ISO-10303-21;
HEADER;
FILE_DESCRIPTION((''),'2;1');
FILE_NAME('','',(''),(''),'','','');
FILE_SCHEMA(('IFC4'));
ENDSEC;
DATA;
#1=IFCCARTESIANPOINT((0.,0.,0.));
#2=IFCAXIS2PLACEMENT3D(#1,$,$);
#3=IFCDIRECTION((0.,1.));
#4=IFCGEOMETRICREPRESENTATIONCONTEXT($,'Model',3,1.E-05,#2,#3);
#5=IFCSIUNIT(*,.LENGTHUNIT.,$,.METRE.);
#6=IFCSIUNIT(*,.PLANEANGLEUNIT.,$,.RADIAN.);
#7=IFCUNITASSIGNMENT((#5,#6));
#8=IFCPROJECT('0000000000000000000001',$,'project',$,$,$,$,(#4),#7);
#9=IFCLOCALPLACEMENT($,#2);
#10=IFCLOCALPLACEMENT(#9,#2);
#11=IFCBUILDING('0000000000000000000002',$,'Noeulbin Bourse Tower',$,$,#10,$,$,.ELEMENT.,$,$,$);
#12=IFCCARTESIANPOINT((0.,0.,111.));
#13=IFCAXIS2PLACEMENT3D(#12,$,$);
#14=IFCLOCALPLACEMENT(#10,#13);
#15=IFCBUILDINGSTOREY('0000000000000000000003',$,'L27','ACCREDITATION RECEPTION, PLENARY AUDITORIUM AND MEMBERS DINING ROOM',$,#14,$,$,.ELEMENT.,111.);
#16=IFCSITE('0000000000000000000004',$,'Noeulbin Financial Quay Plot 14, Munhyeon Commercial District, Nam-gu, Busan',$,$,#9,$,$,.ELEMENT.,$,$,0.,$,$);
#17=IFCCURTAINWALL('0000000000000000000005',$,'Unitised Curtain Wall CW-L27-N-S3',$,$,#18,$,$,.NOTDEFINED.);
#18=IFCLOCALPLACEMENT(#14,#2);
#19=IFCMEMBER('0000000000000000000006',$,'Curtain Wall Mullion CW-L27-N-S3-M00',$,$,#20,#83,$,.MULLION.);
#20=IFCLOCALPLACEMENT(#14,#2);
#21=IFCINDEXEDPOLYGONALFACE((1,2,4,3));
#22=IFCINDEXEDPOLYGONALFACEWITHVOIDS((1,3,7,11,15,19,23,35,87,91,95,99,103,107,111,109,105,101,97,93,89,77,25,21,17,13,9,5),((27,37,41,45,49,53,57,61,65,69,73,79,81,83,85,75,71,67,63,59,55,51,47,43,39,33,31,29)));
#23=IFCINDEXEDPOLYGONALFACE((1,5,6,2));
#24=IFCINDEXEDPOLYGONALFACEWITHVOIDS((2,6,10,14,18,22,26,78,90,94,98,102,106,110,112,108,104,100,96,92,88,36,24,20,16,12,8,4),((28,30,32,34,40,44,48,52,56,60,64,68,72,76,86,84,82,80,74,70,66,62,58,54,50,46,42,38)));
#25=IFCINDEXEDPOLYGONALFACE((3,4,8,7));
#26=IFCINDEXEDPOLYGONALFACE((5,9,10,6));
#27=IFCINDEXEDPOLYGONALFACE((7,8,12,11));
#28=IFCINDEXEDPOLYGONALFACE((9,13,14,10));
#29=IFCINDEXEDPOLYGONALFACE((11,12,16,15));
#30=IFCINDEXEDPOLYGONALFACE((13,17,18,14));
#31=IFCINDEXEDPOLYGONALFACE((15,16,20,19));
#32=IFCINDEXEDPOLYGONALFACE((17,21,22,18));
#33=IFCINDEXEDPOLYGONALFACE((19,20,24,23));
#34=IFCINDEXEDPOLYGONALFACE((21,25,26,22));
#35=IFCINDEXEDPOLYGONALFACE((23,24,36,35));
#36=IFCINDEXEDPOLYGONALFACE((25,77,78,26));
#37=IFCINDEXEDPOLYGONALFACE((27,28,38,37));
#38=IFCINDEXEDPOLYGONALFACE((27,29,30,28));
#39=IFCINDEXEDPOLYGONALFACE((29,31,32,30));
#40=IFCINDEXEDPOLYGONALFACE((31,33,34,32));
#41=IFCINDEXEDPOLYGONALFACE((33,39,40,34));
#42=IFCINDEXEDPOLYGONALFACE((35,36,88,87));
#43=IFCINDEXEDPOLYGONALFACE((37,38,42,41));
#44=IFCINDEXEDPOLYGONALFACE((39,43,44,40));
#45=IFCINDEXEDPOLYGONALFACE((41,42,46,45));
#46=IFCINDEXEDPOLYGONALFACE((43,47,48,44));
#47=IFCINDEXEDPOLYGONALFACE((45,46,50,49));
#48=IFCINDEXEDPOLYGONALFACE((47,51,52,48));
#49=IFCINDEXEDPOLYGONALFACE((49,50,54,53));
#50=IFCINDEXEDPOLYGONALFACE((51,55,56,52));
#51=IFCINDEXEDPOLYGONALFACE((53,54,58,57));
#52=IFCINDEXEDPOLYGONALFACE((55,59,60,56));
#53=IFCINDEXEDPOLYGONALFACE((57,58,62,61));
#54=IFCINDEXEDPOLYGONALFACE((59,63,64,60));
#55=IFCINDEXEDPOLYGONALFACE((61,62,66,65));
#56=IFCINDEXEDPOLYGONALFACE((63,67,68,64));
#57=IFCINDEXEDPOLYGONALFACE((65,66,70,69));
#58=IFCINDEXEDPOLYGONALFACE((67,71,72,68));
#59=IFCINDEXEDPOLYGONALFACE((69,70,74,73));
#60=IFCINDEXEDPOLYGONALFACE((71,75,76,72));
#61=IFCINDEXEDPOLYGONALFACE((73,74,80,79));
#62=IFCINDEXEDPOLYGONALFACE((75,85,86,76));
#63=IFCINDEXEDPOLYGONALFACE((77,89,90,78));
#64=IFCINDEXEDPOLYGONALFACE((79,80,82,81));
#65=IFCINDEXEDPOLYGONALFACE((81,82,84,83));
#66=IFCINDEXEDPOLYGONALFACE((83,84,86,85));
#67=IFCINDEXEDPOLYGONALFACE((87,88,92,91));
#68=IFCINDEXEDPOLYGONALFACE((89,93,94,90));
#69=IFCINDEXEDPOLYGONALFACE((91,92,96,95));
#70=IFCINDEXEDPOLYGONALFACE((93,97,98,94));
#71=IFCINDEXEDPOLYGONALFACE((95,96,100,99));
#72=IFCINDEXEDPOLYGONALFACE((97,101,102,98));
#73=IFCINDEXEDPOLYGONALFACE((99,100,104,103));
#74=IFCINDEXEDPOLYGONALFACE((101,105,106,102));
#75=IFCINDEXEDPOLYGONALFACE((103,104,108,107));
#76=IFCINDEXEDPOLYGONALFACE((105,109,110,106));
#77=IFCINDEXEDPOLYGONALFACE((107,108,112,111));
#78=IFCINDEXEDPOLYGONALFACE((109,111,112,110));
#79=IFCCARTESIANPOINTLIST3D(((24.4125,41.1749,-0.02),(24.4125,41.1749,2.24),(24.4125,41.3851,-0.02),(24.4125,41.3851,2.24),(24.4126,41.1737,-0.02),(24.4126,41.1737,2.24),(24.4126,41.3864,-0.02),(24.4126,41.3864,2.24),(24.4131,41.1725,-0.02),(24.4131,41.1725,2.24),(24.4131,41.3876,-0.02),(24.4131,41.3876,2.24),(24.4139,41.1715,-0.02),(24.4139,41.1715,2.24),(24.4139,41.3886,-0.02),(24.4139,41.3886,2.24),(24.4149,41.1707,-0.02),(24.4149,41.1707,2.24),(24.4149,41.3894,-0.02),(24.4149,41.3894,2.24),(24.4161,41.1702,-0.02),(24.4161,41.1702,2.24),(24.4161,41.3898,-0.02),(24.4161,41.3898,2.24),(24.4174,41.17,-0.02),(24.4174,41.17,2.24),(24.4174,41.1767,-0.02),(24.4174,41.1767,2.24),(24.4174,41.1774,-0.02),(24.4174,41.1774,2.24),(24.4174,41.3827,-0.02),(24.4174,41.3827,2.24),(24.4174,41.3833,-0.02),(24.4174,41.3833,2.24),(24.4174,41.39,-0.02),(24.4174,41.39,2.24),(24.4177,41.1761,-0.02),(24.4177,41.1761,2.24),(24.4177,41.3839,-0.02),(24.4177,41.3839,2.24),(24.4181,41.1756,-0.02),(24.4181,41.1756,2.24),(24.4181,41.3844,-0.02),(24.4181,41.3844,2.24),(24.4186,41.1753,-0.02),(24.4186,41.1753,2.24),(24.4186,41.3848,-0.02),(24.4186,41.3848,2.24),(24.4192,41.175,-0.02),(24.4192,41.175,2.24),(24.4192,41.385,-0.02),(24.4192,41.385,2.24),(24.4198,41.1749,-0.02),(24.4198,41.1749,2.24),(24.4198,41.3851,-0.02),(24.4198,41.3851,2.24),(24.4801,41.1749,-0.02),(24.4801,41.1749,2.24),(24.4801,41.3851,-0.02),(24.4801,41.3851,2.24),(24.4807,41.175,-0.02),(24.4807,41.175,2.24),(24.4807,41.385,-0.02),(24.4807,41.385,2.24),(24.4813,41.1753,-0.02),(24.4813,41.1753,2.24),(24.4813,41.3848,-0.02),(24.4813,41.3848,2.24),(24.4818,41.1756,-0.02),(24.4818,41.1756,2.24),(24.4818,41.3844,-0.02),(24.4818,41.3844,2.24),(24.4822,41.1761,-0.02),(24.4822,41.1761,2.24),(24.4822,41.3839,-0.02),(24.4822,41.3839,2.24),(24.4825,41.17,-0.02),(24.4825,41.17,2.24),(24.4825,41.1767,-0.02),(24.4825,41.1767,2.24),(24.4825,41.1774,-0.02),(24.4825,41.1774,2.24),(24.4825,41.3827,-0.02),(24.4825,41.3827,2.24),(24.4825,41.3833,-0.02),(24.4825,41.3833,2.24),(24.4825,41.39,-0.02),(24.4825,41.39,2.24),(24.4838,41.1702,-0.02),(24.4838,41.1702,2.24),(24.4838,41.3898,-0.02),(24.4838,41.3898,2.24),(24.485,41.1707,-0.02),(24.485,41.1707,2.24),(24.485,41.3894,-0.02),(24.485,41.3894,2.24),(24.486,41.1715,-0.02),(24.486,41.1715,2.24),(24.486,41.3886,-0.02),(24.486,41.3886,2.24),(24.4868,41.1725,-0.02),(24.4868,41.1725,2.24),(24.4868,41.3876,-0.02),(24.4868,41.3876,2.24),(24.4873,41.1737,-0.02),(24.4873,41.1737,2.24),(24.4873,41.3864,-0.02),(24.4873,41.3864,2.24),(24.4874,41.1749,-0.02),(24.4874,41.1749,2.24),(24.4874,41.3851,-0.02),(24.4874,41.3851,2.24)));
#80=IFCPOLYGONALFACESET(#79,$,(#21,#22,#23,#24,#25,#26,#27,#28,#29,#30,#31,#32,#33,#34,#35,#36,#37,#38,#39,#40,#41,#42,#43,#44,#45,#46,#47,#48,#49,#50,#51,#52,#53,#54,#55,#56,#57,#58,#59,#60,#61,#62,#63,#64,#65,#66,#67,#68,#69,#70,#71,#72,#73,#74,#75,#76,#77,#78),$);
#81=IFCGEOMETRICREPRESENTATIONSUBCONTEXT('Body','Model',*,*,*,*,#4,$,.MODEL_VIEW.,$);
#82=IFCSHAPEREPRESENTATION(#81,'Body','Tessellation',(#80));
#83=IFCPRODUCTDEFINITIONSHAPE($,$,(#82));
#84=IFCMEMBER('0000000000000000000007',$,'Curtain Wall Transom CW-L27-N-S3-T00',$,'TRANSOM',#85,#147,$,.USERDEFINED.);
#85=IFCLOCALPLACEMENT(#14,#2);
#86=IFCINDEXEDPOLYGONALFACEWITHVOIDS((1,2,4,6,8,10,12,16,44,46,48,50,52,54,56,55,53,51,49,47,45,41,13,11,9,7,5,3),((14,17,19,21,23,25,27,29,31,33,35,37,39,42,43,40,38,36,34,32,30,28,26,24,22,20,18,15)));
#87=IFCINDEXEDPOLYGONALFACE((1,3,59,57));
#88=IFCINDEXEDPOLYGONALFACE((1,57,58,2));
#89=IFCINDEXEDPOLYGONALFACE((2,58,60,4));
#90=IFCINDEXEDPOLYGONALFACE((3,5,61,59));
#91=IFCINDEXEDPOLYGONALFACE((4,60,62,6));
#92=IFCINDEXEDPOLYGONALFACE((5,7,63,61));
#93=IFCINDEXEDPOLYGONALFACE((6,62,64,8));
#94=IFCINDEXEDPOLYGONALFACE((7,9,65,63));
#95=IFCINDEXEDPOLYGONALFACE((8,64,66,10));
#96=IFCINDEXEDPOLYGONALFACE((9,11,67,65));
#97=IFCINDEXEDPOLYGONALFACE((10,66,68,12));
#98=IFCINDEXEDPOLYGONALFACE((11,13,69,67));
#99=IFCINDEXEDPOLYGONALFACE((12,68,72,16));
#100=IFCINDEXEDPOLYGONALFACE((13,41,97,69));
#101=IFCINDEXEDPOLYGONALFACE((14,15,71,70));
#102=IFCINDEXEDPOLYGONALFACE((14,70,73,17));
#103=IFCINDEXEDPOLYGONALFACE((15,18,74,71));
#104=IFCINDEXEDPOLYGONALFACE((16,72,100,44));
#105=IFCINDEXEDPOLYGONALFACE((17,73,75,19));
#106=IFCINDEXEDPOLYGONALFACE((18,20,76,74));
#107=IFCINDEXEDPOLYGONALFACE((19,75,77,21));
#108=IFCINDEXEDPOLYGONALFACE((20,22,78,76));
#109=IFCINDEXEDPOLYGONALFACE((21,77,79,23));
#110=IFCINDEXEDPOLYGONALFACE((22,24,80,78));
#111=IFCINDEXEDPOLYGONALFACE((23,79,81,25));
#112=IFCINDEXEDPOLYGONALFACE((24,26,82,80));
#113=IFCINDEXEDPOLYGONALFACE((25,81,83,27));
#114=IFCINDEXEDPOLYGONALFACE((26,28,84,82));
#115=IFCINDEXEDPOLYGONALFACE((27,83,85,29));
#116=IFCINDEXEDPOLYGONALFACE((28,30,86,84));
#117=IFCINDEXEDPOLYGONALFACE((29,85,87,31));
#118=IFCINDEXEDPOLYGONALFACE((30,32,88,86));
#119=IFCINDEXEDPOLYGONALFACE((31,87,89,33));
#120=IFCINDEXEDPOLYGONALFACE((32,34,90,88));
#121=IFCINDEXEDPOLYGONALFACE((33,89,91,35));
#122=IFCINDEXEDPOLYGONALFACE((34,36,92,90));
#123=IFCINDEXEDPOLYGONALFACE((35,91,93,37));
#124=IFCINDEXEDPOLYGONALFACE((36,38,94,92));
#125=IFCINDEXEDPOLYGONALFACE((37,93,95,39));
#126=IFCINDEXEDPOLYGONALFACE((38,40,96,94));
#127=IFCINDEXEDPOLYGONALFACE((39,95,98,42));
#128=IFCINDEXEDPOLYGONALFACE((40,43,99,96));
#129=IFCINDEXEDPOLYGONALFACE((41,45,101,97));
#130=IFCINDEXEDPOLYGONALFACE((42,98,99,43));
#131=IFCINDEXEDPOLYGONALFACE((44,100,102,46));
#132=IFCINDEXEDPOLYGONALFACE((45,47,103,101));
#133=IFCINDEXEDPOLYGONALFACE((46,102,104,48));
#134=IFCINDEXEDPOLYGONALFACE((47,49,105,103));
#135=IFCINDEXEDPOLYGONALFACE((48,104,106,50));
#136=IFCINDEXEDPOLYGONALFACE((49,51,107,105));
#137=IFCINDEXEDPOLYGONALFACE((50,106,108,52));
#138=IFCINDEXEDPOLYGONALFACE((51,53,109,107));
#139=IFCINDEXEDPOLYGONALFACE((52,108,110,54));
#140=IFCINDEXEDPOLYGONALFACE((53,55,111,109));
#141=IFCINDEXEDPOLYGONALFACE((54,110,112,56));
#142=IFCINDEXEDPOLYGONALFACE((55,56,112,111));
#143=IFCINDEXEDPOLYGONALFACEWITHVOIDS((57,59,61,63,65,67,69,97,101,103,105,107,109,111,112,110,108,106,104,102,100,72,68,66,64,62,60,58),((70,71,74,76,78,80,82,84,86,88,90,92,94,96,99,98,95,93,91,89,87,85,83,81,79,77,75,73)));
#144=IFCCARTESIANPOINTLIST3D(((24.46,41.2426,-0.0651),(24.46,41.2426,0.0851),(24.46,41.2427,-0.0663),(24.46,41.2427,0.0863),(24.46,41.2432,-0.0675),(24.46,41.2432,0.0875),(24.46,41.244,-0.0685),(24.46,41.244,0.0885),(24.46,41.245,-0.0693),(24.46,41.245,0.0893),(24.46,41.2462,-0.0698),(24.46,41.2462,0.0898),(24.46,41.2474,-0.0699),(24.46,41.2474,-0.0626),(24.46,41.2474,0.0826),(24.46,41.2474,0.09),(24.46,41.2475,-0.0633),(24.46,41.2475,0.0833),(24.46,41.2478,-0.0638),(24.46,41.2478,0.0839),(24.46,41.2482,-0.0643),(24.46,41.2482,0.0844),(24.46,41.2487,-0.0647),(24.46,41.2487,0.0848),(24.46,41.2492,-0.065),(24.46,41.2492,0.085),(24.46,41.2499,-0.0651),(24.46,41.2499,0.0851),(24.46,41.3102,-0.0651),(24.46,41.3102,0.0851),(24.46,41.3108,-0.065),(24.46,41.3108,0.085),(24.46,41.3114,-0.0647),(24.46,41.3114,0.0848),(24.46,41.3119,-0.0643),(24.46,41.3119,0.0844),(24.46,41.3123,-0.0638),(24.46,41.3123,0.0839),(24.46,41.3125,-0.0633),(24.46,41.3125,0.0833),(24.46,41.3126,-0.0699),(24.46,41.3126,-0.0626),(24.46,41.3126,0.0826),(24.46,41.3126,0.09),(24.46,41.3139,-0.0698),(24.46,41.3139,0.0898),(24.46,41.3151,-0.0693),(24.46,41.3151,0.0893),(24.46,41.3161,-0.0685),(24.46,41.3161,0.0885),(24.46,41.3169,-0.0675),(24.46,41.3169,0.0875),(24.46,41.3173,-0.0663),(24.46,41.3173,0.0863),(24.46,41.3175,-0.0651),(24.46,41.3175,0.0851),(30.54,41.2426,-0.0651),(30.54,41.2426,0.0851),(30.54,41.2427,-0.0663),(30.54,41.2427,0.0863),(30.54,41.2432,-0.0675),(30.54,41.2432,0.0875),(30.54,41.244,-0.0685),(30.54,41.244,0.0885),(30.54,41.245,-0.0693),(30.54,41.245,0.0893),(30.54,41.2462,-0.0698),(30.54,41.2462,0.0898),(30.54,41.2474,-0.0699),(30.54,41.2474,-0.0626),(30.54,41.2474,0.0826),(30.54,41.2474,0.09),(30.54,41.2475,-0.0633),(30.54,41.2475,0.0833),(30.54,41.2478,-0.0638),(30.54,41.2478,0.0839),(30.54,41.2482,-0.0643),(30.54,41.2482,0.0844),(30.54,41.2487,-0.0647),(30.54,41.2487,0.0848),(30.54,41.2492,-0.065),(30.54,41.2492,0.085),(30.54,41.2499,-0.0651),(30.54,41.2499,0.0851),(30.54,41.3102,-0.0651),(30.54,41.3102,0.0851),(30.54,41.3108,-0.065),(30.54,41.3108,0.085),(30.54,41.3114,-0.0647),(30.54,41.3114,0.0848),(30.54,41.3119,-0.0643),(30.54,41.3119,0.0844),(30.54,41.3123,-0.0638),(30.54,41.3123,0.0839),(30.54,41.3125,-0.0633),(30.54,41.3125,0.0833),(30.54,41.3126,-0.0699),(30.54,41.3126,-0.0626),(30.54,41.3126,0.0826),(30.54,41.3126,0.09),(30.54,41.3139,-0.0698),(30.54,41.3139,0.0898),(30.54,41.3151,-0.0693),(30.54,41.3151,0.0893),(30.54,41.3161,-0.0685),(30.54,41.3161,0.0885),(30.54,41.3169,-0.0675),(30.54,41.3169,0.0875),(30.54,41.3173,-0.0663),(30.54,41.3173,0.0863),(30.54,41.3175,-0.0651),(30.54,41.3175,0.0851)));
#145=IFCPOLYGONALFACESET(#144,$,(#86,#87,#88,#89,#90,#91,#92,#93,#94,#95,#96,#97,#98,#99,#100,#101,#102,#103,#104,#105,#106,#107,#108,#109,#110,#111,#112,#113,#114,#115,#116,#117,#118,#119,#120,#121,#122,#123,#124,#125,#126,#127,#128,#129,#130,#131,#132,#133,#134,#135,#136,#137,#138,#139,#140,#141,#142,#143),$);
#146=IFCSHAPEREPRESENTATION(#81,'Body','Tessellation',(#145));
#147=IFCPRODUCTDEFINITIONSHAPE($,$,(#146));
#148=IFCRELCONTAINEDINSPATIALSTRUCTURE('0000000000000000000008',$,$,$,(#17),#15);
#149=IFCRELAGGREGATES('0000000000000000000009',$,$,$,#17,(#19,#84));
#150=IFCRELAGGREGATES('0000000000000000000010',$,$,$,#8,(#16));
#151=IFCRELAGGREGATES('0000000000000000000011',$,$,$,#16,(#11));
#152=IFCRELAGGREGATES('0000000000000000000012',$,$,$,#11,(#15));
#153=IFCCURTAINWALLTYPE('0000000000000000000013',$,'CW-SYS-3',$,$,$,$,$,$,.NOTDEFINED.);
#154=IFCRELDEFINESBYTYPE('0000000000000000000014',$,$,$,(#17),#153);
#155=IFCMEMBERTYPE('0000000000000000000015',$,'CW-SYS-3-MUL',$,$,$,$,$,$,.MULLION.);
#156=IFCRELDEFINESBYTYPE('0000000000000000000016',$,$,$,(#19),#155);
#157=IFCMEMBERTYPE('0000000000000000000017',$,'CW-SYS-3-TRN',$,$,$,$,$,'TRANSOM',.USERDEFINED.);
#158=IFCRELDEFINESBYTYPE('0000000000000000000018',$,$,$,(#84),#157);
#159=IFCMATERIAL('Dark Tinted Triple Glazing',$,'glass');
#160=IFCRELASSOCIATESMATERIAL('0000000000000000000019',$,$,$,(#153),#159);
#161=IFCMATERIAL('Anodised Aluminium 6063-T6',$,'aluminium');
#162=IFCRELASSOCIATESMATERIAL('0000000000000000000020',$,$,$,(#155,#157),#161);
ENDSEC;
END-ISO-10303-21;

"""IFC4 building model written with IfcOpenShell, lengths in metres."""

from ifc_helpers import new_model, si_unit, direction, frame, origin, origin_2d, place, context, subcontext, project, spatial, hollow_rectangle, extrude, material, material_profile, profile_set, type_object, element, aggregate, save


model = new_model("IFC4")

# Units and contexts
model_context = context("Model", 3, precision=1e-05, world=origin(), true_north=direction((0.0, 1.0)))
body_context = subcontext(model_context, "Body", "Model", "MODEL_VIEW")
ifc_project = project(units=[si_unit("LENGTHUNIT", "METRE"), si_unit("PLANEANGLEUNIT", "RADIAN")], contexts=[model_context])

# Site, building, storey
site_placement = place(None, origin())
site = spatial("IfcSite", under=ifc_project, at=site_placement, Name="Noeulbin Financial Quay Plot 14, Munhyeon Commercial District, Nam-gu, Busan", CompositionType="ELEMENT", RefElevation=0.0)
building_placement = place(site_placement, origin())
building = spatial("IfcBuilding", under=site, at=building_placement, Name="Noeulbin Bourse Tower", CompositionType="ELEMENT")
storey_placement = place(building_placement, frame((0.0, 0.0, 111.0)))
storey = spatial("IfcBuildingStorey", under=building, at=storey_placement, Name="L27", Description="ACCREDITATION RECEPTION, PLENARY AUDITORIUM AND MEMBERS DINING ROOM", CompositionType="ELEMENT", Elevation=111.0)

# Shared definitions
ifc_material_1 = material(Name="Dark Tinted Triple Glazing", Category="glass")
curtain_wall_type = type_object("IfcCurtainWallType", Name="CW-SYS-3", PredefinedType="NOTDEFINED", material=ifc_material_1)
ifc_material_2 = material(Name="Anodised Aluminium 6063-T6", Category="aluminium")
ifc_material_profile_1 = material_profile(ifc_material_2, hollow_rectangle(XDim=0.075, YDim=0.22, WallThickness=0.0049, InnerFilletRadius=0.0024, OuterFilletRadius=0.0049, at=origin_2d()), Name="ALU-MULL-75x220x5", Category="LoadBearing")
ifc_profile_set_1 = profile_set([ifc_material_profile_1], Name="Anodised Aluminium 6063-T6")
member_type_1 = type_object("IfcMemberType", Name="CW-SYS-3-MUL", PredefinedType="MULLION", material=ifc_profile_set_1)

# Curtain wall, members
curtain_wall_1_placement = place(storey_placement, origin())
curtain_wall_1 = element("IfcCurtainWall", 1, at=curtain_wall_1_placement, inside=storey, type_object=curtain_wall_type, Name="Unitised Curtain Wall CW-L27-N-S3", PredefinedType="NOTDEFINED")
member_1_placement = place(storey_placement, frame((24.45, 41.28, -0.02), z_axis=(0.0, 0.0, 1.0), x_axis=(1.0, 0.0, 0.0)))
member_1 = element("IfcMember", 2, at=member_1_placement, type_object=member_type_1, Name="Curtain Wall Mullion CW-L27-N-S3-M00", PredefinedType="MULLION", context=body_context, shape_type="SweptSolid", body=[
    extrude(hollow_rectangle(XDim=0.075, YDim=0.22, WallThickness=0.0049, InnerFilletRadius=0.0024, OuterFilletRadius=0.0049, at=origin_2d()), origin(), (0.0, 0.0, 1.0), 2.26),
])
ifc_material_profile_2 = material_profile(ifc_material_2, hollow_rectangle(XDim=0.075, YDim=0.1599, WallThickness=0.0049, InnerFilletRadius=0.0024, OuterFilletRadius=0.0049, at=origin_2d()), Name="ALU-TRAN-75x160x5", Category="LoadBearing")
ifc_profile_set_2 = profile_set([ifc_material_profile_2], Name="Anodised Aluminium 6063-T6")
member_type_2 = type_object("IfcMemberType", Name="CW-SYS-3-TRN", ElementType="TRANSOM", PredefinedType="USERDEFINED", material=ifc_profile_set_2)
member_2_placement = place(storey_placement, frame((24.46, 41.28, 0.01), z_axis=(1.0, 0.0, 0.0), x_axis=(0.0, 1.0, 0.0)))
member_2 = element("IfcMember", 3, at=member_2_placement, type_object=member_type_2, Name="Curtain Wall Transom CW-L27-N-S3-T00", ObjectType="TRANSOM", PredefinedType="USERDEFINED", context=body_context, shape_type="SweptSolid", body=[
    extrude(hollow_rectangle(XDim=0.075, YDim=0.1599, WallThickness=0.0049, InnerFilletRadius=0.0024, OuterFilletRadius=0.0049, at=origin_2d()), origin(), (0.0, 0.0, 1.0), 6.0801),
])

aggregate(curtain_wall_1, [member_1, member_2])

save(model, "model.ifc")
